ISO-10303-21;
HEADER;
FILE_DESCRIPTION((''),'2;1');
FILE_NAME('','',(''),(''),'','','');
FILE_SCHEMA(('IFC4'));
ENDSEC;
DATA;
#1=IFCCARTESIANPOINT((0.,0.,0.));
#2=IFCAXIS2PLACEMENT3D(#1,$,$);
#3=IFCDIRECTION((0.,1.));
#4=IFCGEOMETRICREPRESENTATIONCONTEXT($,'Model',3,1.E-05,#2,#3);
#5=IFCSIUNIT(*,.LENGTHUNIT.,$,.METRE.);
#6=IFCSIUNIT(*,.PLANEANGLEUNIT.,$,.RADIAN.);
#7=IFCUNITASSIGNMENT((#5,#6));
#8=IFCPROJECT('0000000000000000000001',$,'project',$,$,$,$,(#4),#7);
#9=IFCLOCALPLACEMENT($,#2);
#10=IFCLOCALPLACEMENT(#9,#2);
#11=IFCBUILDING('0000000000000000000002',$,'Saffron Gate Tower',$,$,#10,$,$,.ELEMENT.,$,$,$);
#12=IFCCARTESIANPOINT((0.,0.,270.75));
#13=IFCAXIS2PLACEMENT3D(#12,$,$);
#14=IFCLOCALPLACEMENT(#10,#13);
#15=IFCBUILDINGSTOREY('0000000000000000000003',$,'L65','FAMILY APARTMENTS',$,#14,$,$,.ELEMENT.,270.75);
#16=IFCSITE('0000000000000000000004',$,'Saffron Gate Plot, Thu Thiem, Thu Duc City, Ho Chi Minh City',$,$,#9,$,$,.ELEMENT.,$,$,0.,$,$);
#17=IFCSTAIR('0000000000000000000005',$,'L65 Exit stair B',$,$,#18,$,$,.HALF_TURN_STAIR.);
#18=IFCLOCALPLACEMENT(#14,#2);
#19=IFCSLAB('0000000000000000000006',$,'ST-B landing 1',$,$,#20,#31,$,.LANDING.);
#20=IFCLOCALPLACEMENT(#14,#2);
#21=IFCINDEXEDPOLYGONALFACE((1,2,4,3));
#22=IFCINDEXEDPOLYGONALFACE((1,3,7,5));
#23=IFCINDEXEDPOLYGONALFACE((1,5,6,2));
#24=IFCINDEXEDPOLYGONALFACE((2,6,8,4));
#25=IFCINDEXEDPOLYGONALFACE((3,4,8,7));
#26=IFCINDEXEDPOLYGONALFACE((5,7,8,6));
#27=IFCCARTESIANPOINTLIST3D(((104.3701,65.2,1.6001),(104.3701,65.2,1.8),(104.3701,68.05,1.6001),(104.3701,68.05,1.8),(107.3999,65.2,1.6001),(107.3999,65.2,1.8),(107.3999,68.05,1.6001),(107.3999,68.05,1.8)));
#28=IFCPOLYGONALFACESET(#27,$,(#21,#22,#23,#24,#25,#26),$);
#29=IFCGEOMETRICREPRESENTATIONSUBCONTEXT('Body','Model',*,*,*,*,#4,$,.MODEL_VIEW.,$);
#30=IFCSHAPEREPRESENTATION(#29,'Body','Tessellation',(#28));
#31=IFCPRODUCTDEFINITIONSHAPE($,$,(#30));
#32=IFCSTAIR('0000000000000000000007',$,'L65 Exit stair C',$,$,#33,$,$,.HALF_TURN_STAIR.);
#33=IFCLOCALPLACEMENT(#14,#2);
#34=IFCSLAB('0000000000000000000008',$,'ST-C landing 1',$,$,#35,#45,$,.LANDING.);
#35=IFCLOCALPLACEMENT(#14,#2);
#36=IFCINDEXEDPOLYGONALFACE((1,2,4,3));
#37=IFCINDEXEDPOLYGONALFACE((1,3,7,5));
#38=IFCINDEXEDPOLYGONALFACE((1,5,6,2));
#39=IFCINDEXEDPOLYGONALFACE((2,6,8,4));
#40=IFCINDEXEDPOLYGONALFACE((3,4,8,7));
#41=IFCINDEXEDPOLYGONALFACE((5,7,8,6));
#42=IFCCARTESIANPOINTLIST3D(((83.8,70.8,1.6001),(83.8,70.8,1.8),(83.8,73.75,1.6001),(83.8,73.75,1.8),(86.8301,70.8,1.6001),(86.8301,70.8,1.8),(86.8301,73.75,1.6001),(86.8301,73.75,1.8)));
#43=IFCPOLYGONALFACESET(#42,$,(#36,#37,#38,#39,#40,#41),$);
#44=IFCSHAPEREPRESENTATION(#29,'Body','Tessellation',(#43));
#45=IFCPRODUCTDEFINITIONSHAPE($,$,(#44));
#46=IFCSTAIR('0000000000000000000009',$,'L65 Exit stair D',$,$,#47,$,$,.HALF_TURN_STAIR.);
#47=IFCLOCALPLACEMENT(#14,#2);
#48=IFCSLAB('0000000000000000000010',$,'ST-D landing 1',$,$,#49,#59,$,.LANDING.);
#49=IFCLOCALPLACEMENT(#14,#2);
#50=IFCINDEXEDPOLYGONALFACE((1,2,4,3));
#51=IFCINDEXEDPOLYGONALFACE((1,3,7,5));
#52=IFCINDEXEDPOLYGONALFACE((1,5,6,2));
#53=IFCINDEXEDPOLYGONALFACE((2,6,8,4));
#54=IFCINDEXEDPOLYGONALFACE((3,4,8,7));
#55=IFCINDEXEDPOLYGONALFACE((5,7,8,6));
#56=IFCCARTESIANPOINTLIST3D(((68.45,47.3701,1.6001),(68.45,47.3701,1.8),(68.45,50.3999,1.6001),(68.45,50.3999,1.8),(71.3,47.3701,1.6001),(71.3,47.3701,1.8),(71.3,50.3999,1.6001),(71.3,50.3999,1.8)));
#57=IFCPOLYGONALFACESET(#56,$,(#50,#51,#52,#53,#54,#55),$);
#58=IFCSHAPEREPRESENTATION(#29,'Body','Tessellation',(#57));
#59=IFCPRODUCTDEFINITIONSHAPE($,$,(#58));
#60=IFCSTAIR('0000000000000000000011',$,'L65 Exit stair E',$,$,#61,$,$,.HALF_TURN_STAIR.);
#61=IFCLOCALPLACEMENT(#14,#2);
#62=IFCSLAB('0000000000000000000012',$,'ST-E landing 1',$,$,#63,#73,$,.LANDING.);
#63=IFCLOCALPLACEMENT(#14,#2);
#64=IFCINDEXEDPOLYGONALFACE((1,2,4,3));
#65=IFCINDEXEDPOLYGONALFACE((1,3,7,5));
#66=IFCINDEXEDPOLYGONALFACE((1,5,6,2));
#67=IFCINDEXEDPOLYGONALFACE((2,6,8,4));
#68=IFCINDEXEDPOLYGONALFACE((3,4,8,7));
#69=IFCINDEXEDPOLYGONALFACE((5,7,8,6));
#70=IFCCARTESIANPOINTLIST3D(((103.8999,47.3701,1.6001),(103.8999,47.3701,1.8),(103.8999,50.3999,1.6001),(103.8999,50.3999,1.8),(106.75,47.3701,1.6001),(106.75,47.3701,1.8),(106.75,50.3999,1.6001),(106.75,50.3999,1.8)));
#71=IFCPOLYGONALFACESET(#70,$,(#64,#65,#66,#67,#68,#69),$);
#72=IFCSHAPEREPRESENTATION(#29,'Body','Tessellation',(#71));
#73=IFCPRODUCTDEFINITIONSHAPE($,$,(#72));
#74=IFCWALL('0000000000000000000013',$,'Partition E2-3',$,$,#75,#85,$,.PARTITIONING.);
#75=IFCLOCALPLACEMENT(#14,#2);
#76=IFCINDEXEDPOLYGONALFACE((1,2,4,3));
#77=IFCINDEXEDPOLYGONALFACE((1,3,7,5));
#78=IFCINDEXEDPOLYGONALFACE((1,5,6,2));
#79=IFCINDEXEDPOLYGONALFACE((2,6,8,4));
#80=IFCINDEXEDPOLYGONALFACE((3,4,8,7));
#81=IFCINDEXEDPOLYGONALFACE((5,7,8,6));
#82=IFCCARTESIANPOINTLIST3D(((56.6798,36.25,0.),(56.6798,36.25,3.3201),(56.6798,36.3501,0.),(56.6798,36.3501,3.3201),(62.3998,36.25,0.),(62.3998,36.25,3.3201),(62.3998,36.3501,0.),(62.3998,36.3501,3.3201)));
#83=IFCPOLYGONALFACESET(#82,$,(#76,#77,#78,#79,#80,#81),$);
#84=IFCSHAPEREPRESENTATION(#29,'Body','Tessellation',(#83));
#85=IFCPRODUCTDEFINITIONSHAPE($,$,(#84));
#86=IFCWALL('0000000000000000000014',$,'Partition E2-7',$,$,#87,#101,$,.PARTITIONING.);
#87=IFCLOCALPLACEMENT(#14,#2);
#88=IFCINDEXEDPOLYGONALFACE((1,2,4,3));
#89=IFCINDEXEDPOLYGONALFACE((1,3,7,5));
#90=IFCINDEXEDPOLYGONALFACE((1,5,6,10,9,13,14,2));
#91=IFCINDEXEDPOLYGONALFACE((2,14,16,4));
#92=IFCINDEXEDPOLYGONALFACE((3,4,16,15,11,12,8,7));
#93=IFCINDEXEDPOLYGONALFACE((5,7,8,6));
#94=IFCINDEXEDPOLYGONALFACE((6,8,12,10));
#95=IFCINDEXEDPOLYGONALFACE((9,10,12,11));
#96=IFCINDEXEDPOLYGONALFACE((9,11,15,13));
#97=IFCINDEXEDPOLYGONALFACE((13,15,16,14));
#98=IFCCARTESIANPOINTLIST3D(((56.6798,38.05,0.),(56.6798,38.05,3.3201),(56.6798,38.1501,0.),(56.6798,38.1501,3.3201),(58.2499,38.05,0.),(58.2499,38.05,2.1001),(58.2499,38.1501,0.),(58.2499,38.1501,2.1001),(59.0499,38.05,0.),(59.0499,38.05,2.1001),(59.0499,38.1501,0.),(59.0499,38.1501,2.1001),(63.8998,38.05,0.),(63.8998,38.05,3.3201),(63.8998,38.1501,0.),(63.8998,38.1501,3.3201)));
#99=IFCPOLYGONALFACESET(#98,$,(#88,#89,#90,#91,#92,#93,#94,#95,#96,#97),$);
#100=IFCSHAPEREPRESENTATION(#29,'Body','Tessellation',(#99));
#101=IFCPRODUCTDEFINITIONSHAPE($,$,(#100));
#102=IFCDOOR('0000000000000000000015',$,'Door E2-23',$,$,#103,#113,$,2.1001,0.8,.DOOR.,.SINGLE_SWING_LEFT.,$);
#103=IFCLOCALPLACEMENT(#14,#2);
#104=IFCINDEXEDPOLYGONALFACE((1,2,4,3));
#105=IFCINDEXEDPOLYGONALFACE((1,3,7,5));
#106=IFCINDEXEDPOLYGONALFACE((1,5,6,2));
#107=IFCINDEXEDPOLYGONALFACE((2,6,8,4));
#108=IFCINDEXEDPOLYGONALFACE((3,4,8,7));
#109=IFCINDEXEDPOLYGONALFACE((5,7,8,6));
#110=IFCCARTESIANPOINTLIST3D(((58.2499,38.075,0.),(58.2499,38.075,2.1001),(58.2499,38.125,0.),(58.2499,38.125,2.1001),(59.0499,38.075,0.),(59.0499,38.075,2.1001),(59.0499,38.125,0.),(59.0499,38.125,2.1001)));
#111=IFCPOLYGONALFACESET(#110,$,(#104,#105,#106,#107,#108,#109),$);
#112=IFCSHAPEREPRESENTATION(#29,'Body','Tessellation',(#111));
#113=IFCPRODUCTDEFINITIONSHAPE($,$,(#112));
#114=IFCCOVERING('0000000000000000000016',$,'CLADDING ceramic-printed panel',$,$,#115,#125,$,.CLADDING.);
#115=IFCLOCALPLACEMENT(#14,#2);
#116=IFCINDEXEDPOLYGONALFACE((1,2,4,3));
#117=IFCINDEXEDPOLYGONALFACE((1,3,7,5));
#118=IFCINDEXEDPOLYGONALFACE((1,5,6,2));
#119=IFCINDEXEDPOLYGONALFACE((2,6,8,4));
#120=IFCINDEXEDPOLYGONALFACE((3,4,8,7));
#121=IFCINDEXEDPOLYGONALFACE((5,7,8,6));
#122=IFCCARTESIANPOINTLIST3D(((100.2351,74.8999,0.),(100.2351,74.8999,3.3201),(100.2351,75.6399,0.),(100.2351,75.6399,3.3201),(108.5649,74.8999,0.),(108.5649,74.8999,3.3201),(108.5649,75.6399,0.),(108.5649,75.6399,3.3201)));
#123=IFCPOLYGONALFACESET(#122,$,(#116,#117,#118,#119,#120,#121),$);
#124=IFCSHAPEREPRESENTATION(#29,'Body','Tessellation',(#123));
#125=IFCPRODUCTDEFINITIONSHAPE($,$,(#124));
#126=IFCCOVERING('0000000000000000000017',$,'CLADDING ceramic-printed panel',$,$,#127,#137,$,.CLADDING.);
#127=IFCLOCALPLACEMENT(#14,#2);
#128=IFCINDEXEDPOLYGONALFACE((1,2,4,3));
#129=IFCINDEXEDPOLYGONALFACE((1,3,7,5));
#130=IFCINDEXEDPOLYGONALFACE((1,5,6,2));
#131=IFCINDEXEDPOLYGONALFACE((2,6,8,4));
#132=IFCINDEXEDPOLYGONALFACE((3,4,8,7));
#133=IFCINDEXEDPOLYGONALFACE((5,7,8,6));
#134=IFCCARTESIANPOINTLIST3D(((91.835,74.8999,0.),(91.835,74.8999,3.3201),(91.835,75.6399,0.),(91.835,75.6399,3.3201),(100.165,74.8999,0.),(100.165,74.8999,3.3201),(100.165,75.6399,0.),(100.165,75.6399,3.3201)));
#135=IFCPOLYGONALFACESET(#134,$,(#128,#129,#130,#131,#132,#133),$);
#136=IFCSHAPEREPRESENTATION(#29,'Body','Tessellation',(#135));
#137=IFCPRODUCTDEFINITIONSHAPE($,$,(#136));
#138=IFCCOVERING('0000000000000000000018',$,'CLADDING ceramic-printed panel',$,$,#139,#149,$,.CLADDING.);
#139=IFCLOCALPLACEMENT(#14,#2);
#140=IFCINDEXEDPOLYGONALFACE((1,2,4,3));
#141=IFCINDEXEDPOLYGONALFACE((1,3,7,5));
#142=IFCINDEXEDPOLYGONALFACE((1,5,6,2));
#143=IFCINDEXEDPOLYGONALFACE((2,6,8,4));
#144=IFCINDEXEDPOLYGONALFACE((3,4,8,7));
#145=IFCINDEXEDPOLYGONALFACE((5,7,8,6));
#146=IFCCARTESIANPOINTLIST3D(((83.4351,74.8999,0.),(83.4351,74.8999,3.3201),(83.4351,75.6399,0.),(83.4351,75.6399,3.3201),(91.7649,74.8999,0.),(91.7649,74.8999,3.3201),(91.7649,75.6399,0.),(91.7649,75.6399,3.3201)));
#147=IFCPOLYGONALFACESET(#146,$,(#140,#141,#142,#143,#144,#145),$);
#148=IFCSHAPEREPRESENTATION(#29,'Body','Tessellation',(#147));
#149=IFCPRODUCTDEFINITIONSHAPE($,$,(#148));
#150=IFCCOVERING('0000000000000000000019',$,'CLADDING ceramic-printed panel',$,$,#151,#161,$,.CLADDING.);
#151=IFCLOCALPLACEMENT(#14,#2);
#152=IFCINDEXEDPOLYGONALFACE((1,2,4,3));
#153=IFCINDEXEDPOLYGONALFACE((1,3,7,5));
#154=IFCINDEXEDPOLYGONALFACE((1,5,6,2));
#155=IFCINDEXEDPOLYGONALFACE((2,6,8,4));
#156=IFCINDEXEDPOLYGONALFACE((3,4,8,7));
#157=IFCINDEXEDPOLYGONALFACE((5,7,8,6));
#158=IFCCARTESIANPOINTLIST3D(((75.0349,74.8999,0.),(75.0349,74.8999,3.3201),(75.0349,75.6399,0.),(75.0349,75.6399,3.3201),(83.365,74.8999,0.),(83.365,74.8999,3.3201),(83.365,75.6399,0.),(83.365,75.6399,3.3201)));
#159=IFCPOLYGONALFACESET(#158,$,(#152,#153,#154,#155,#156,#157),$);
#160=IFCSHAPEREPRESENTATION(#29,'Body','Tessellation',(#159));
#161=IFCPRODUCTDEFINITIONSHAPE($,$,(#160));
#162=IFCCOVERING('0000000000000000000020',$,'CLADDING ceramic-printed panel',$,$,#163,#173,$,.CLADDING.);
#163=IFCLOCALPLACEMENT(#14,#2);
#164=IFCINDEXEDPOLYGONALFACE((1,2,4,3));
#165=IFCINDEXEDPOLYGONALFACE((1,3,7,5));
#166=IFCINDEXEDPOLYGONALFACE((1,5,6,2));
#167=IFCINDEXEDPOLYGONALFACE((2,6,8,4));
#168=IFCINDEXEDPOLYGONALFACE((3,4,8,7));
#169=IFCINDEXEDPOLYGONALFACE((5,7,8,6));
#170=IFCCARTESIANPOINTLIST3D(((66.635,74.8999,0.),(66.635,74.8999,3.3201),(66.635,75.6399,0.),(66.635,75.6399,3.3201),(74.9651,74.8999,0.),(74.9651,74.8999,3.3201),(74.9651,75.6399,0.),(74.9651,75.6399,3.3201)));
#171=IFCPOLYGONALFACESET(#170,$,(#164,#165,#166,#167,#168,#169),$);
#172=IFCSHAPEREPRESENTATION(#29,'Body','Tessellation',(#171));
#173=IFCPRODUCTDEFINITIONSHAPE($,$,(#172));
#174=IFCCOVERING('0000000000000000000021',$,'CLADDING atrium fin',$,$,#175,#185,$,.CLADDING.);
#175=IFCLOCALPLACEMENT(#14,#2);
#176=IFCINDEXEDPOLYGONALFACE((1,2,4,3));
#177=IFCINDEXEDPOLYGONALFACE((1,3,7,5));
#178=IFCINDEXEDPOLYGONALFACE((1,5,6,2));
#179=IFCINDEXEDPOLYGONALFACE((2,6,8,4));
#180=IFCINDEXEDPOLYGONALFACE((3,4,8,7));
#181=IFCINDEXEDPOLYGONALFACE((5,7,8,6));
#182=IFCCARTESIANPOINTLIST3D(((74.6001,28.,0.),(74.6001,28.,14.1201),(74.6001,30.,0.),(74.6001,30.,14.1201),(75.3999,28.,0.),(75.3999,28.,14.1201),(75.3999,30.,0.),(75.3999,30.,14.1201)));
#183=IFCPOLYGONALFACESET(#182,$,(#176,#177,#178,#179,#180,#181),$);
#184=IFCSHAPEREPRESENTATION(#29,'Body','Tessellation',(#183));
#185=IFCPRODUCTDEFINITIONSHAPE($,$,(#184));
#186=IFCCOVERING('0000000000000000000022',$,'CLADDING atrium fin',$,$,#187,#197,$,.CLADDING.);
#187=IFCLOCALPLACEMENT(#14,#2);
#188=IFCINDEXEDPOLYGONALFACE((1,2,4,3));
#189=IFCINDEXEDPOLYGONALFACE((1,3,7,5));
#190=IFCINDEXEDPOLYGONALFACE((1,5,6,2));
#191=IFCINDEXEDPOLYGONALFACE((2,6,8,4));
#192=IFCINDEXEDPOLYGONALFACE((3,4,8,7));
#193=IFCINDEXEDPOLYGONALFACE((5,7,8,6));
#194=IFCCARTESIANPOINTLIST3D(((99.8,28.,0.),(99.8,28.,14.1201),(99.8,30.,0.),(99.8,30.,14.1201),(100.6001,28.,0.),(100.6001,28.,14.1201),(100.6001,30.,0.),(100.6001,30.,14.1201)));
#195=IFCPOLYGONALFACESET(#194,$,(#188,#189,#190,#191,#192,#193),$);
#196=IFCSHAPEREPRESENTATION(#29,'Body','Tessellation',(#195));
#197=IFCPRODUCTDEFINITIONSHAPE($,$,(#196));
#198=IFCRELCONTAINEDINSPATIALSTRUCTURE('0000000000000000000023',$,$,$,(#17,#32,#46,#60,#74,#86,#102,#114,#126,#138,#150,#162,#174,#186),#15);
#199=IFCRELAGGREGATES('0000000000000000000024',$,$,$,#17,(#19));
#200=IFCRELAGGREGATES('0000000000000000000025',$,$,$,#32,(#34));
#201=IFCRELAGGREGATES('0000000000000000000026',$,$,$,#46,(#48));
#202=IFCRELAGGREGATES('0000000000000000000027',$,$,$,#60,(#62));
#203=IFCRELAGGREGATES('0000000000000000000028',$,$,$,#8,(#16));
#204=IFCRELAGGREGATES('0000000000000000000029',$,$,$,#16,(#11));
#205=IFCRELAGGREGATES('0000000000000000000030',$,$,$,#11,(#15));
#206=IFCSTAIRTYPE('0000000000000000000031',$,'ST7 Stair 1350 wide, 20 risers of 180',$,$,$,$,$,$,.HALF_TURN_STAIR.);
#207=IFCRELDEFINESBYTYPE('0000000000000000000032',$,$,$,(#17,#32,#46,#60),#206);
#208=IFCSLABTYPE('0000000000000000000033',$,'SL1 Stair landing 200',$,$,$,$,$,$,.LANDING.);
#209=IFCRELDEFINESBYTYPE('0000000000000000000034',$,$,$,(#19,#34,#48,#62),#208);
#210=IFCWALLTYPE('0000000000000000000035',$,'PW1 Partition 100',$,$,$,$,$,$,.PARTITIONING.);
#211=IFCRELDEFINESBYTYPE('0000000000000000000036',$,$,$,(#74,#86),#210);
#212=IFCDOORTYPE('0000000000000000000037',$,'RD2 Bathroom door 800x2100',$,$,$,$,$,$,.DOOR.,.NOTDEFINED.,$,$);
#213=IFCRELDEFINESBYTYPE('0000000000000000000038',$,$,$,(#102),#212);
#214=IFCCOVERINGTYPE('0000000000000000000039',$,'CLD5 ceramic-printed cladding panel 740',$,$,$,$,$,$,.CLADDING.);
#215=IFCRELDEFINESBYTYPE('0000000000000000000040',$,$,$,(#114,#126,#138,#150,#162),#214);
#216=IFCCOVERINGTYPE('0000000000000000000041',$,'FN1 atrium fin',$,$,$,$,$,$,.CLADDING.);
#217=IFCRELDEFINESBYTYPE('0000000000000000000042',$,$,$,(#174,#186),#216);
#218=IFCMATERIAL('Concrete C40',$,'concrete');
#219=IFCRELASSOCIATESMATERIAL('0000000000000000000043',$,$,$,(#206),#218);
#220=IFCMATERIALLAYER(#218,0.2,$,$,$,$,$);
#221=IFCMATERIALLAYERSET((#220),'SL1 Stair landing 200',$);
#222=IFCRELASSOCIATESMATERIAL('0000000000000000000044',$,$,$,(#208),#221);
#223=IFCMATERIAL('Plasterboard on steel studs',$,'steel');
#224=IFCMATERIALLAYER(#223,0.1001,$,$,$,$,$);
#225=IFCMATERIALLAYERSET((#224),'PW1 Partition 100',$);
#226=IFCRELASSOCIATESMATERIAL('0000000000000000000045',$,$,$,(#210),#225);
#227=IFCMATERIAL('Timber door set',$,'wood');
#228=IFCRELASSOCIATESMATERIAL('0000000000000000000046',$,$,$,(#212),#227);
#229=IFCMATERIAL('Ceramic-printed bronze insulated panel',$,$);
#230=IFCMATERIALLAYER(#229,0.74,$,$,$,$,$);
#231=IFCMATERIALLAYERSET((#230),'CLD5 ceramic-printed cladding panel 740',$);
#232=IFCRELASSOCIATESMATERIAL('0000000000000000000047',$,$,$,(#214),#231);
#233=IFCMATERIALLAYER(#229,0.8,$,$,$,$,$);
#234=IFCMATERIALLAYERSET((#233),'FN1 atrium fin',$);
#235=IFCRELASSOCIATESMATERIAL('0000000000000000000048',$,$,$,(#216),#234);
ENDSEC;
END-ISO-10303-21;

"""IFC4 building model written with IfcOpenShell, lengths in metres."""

from ifc_helpers import new_model, si_unit, direction, frame, frame_2d, origin, place, context, subcontext, project, spatial, polyline, rectangle, outline, extrude, material, layer, layer_set, type_object, element, fill, aggregate, save


model = new_model("IFC4")

# Units and contexts
model_context = context("Model", 3, precision=1e-05, world=origin(), true_north=direction((0.0, 1.0)))
body_context = subcontext(model_context, "Body", "Model", "MODEL_VIEW")
ifc_project = project(units=[si_unit("LENGTHUNIT", "METRE"), si_unit("PLANEANGLEUNIT", "RADIAN")], contexts=[model_context])

# Site, building, storey
site_placement = place(None, origin())
site = spatial("IfcSite", under=ifc_project, at=site_placement, Name="Saffron Gate Plot, Thu Thiem, Thu Duc City, Ho Chi Minh City", CompositionType="ELEMENT", RefElevation=0.0)
building_placement = place(site_placement, origin())
building = spatial("IfcBuilding", under=site, at=building_placement, Name="Saffron Gate Tower", CompositionType="ELEMENT")
storey_placement = place(building_placement, frame((0.0, 0.0, 270.75)))
storey = spatial("IfcBuildingStorey", under=building, at=storey_placement, Name="L65", Description="FAMILY APARTMENTS", CompositionType="ELEMENT", Elevation=270.75)

# Shared definitions
ifc_material_1 = material(Name="Concrete C40", Category="concrete")

# Stairs, slabs
stair_type = type_object("IfcStairType", Name="ST7 Stair 1350 wide, 20 risers of 180", PredefinedType="HALF_TURN_STAIR", material=ifc_material_1)
ifc_layer_1 = layer(ifc_material_1, 0.2)
ifc_layer_set_1 = layer_set([ifc_layer_1], Name="SL1 Stair landing 200")
slab_type_1 = type_object("IfcSlabType", Name="SL1 Stair landing 200", PredefinedType="LANDING", material=ifc_layer_set_1)
stair_1_placement = place(storey_placement, origin())
stair_1 = element("IfcStair", 1, at=stair_1_placement, inside=storey, type_object=stair_type, Name="L65 Exit stair B", PredefinedType="HALF_TURN_STAIR")
slab_1_placement = place(storey_placement, frame((0.0, 0.0, 1.6001)))
slab_1 = element("IfcSlab", 2, at=slab_1_placement, type_object=slab_type_1, Name="ST-B landing 1", PredefinedType="LANDING", context=body_context, shape_type="SweptSolid", body=[
    extrude(outline(polyline([(104.3701, 65.2), (107.3999, 65.2), (107.3999, 68.05), (104.3701, 68.05), (104.3701, 65.2)])), origin(), (0.0, 0.0, 1.0), 0.2),
])
aggregate(stair_1, [slab_1])
stair_2_placement = place(storey_placement, origin())
stair_2 = element("IfcStair", 3, at=stair_2_placement, inside=storey, type_object=stair_type, Name="L65 Exit stair C", PredefinedType="HALF_TURN_STAIR")
slab_2_placement = place(storey_placement, frame((0.0, 0.0, 1.6001)))
slab_2 = element("IfcSlab", 4, at=slab_2_placement, type_object=slab_type_1, Name="ST-C landing 1", PredefinedType="LANDING", context=body_context, shape_type="SweptSolid", body=[
    extrude(outline(polyline([(86.8301, 73.75), (83.8, 73.75), (83.8, 70.8), (86.8301, 70.8), (86.8301, 73.75)])), origin(), (0.0, 0.0, 1.0), 0.2),
])
aggregate(stair_2, [slab_2])
stair_3_placement = place(storey_placement, origin())
stair_3 = element("IfcStair", 5, at=stair_3_placement, inside=storey, type_object=stair_type, Name="L65 Exit stair D", PredefinedType="HALF_TURN_STAIR")
slab_3_placement = place(storey_placement, frame((0.0, 0.0, 1.6001)))
slab_3 = element("IfcSlab", 6, at=slab_3_placement, type_object=slab_type_1, Name="ST-D landing 1", PredefinedType="LANDING", context=body_context, shape_type="SweptSolid", body=[
    extrude(outline(polyline([(71.3, 47.3701), (71.3, 50.3999), (68.45, 50.3999), (68.45, 47.3701), (71.3, 47.3701)])), origin(), (0.0, 0.0, 1.0), 0.2),
])
aggregate(stair_3, [slab_3])
stair_4_placement = place(storey_placement, origin())
stair_4 = element("IfcStair", 7, at=stair_4_placement, inside=storey, type_object=stair_type, Name="L65 Exit stair E", PredefinedType="HALF_TURN_STAIR")
slab_4_placement = place(storey_placement, frame((0.0, 0.0, 1.6001)))
slab_4 = element("IfcSlab", 8, at=slab_4_placement, type_object=slab_type_1, Name="ST-E landing 1", PredefinedType="LANDING", context=body_context, shape_type="SweptSolid", body=[
    extrude(outline(polyline([(106.75, 47.3701), (106.75, 50.3999), (103.8999, 50.3999), (103.8999, 47.3701), (106.75, 47.3701)])), origin(), (0.0, 0.0, 1.0), 0.2),
])
aggregate(stair_4, [slab_4])

# Wall
ifc_material_2 = material(Name="Plasterboard on steel studs", Category="steel")
ifc_layer_2 = layer(ifc_material_2, 0.1001)
ifc_layer_set_2 = layer_set([ifc_layer_2], Name="PW1 Partition 100")
wall_type_1 = type_object("IfcWallType", Name="PW1 Partition 100", PredefinedType="PARTITIONING", material=ifc_layer_set_2)
wall_1_placement = place(storey_placement, frame((56.6799, 36.3, 0.0), z_axis=(0.0, 0.0, 1.0), x_axis=(1.0, 0.0, 0.0)))
element("IfcWall", 9, at=wall_1_placement, inside=storey, type_object=wall_type_1, Name="Partition E2-3", PredefinedType="PARTITIONING", context=body_context, shape_type="SweptSolid", body=[
    extrude(rectangle(XDim=5.72, YDim=0.1001, at=frame_2d((2.8599, 0.0))), origin(), (0.0, 0.0, 1.0), 3.3201),
])

# Wall, opening, door
wall_2_placement = place(storey_placement, frame((56.6799, 38.1001, 0.0), z_axis=(0.0, 0.0, 1.0), x_axis=(1.0, 0.0, 0.0)))
wall_2 = element("IfcWall", 10, at=wall_2_placement, inside=storey, type_object=wall_type_1, Name="Partition E2-7", PredefinedType="PARTITIONING", context=body_context, shape_type="SweptSolid", body=[
    extrude(rectangle(XDim=7.22, YDim=0.1001, at=frame_2d((3.6099, 0.0))), origin(), (0.0, 0.0, 1.0), 3.3201),
])
opening_1_placement = place(wall_2_placement, frame((1.5701, 0.0, 0.0)))
opening_1 = element("IfcOpeningElement", 11, at=opening_1_placement, cuts=wall_2, PredefinedType="OPENING", context=body_context, shape_type="SweptSolid", body=[
    extrude(rectangle(XDim=0.8, YDim=2.1001, at=frame_2d((0.3999, 1.05))), frame((0.0, 0.0601, 0.0), z_axis=(0.0, -1.0, 0.0), x_axis=(1.0, 0.0, 0.0)), (0.0, 0.0, 1.0), 0.1201),
])
ifc_material_3 = material(Name="Timber door set", Category="wood")
door_type_1 = type_object("IfcDoorType", Name="RD2 Bathroom door 800x2100", OperationType="NOTDEFINED", PredefinedType="DOOR", material=ifc_material_3)
door_1_placement = place(opening_1_placement, origin())
door_1 = element("IfcDoor", 12, at=door_1_placement, inside=storey, type_object=door_type_1, Name="Door E2-23", OperationType="SINGLE_SWING_LEFT", OverallHeight=2.1001, OverallWidth=0.8, PredefinedType="DOOR", context=body_context, shape_type="SweptSolid", body=[
    extrude(rectangle(XDim=0.8, YDim=2.1001, at=frame_2d((0.3999, 1.05))), frame((0.0, 0.0249, 0.0), z_axis=(0.0, -1.0, 0.0), x_axis=(1.0, 0.0, 0.0)), (0.0, 0.0, 1.0), 0.05),
])
fill(opening_1, door_1)

# Coverings
ifc_material_4 = material(Name="Ceramic-printed bronze insulated panel")
ifc_layer_3 = layer(ifc_material_4, 0.74)
ifc_layer_set_3 = layer_set([ifc_layer_3], Name="CLD5 ceramic-printed cladding panel 740")
covering_type_1 = type_object("IfcCoveringType", Name="CLD5 ceramic-printed cladding panel 740", PredefinedType="CLADDING", material=ifc_layer_set_3)
covering_1_placement = place(storey_placement, origin())
element("IfcCovering", 13, at=covering_1_placement, inside=storey, type_object=covering_type_1, Name="CLADDING ceramic-printed panel", PredefinedType="CLADDING", context=body_context, shape_type="SweptSolid", body=[
    extrude(outline(polyline([(108.5649, 75.6399), (100.2351, 75.6399), (100.2351, 74.8999), (108.5649, 74.8999), (108.5649, 75.6399)])), origin(), (0.0, 0.0, 1.0), 3.3201),
])
covering_2_placement = place(storey_placement, origin())
element("IfcCovering", 14, at=covering_2_placement, inside=storey, type_object=covering_type_1, Name="CLADDING ceramic-printed panel", PredefinedType="CLADDING", context=body_context, shape_type="SweptSolid", body=[
    extrude(outline(polyline([(100.165, 75.6399), (91.835, 75.6399), (91.835, 74.8999), (100.165, 74.8999), (100.165, 75.6399)])), origin(), (0.0, 0.0, 1.0), 3.3201),
])
covering_3_placement = place(storey_placement, origin())
element("IfcCovering", 15, at=covering_3_placement, inside=storey, type_object=covering_type_1, Name="CLADDING ceramic-printed panel", PredefinedType="CLADDING", context=body_context, shape_type="SweptSolid", body=[
    extrude(outline(polyline([(91.7649, 75.6399), (83.4351, 75.6399), (83.4351, 74.8999), (91.7649, 74.8999), (91.7649, 75.6399)])), origin(), (0.0, 0.0, 1.0), 3.3201),
])
covering_4_placement = place(storey_placement, origin())
element("IfcCovering", 16, at=covering_4_placement, inside=storey, type_object=covering_type_1, Name="CLADDING ceramic-printed panel", PredefinedType="CLADDING", context=body_context, shape_type="SweptSolid", body=[
    extrude(outline(polyline([(83.365, 75.6399), (75.0349, 75.6399), (75.0349, 74.8999), (83.365, 74.8999), (83.365, 75.6399)])), origin(), (0.0, 0.0, 1.0), 3.3201),
])
covering_5_placement = place(storey_placement, origin())
element("IfcCovering", 17, at=covering_5_placement, inside=storey, type_object=covering_type_1, Name="CLADDING ceramic-printed panel", PredefinedType="CLADDING", context=body_context, shape_type="SweptSolid", body=[
    extrude(outline(polyline([(74.9651, 75.6399), (66.635, 75.6399), (66.635, 74.8999), (74.9651, 74.8999), (74.9651, 75.6399)])), origin(), (0.0, 0.0, 1.0), 3.3201),
])
ifc_layer_4 = layer(ifc_material_4, 0.8)
ifc_layer_set_4 = layer_set([ifc_layer_4], Name="FN1 atrium fin")
covering_type_2 = type_object("IfcCoveringType", Name="FN1 atrium fin", PredefinedType="CLADDING", material=ifc_layer_set_4)
covering_6_placement = place(storey_placement, origin())
element("IfcCovering", 18, at=covering_6_placement, inside=storey, type_object=covering_type_2, Name="CLADDING atrium fin", PredefinedType="CLADDING", context=body_context, shape_type="SweptSolid", body=[
    extrude(outline(polyline([(74.6001, 30.0), (75.3999, 30.0), (75.3999, 28.0), (74.6001, 28.0), (74.6001, 30.0)])), origin(), (0.0, 0.0, 1.0), 14.1201),
])
covering_7_placement = place(storey_placement, origin())
element("IfcCovering", 19, at=covering_7_placement, inside=storey, type_object=covering_type_2, Name="CLADDING atrium fin", PredefinedType="CLADDING", context=body_context, shape_type="SweptSolid", body=[
    extrude(outline(polyline([(99.8, 30.0), (100.6001, 30.0), (100.6001, 28.0), (99.8, 28.0), (99.8, 30.0)])), origin(), (0.0, 0.0, 1.0), 14.1201),
])

save(model, "model.ifc")
